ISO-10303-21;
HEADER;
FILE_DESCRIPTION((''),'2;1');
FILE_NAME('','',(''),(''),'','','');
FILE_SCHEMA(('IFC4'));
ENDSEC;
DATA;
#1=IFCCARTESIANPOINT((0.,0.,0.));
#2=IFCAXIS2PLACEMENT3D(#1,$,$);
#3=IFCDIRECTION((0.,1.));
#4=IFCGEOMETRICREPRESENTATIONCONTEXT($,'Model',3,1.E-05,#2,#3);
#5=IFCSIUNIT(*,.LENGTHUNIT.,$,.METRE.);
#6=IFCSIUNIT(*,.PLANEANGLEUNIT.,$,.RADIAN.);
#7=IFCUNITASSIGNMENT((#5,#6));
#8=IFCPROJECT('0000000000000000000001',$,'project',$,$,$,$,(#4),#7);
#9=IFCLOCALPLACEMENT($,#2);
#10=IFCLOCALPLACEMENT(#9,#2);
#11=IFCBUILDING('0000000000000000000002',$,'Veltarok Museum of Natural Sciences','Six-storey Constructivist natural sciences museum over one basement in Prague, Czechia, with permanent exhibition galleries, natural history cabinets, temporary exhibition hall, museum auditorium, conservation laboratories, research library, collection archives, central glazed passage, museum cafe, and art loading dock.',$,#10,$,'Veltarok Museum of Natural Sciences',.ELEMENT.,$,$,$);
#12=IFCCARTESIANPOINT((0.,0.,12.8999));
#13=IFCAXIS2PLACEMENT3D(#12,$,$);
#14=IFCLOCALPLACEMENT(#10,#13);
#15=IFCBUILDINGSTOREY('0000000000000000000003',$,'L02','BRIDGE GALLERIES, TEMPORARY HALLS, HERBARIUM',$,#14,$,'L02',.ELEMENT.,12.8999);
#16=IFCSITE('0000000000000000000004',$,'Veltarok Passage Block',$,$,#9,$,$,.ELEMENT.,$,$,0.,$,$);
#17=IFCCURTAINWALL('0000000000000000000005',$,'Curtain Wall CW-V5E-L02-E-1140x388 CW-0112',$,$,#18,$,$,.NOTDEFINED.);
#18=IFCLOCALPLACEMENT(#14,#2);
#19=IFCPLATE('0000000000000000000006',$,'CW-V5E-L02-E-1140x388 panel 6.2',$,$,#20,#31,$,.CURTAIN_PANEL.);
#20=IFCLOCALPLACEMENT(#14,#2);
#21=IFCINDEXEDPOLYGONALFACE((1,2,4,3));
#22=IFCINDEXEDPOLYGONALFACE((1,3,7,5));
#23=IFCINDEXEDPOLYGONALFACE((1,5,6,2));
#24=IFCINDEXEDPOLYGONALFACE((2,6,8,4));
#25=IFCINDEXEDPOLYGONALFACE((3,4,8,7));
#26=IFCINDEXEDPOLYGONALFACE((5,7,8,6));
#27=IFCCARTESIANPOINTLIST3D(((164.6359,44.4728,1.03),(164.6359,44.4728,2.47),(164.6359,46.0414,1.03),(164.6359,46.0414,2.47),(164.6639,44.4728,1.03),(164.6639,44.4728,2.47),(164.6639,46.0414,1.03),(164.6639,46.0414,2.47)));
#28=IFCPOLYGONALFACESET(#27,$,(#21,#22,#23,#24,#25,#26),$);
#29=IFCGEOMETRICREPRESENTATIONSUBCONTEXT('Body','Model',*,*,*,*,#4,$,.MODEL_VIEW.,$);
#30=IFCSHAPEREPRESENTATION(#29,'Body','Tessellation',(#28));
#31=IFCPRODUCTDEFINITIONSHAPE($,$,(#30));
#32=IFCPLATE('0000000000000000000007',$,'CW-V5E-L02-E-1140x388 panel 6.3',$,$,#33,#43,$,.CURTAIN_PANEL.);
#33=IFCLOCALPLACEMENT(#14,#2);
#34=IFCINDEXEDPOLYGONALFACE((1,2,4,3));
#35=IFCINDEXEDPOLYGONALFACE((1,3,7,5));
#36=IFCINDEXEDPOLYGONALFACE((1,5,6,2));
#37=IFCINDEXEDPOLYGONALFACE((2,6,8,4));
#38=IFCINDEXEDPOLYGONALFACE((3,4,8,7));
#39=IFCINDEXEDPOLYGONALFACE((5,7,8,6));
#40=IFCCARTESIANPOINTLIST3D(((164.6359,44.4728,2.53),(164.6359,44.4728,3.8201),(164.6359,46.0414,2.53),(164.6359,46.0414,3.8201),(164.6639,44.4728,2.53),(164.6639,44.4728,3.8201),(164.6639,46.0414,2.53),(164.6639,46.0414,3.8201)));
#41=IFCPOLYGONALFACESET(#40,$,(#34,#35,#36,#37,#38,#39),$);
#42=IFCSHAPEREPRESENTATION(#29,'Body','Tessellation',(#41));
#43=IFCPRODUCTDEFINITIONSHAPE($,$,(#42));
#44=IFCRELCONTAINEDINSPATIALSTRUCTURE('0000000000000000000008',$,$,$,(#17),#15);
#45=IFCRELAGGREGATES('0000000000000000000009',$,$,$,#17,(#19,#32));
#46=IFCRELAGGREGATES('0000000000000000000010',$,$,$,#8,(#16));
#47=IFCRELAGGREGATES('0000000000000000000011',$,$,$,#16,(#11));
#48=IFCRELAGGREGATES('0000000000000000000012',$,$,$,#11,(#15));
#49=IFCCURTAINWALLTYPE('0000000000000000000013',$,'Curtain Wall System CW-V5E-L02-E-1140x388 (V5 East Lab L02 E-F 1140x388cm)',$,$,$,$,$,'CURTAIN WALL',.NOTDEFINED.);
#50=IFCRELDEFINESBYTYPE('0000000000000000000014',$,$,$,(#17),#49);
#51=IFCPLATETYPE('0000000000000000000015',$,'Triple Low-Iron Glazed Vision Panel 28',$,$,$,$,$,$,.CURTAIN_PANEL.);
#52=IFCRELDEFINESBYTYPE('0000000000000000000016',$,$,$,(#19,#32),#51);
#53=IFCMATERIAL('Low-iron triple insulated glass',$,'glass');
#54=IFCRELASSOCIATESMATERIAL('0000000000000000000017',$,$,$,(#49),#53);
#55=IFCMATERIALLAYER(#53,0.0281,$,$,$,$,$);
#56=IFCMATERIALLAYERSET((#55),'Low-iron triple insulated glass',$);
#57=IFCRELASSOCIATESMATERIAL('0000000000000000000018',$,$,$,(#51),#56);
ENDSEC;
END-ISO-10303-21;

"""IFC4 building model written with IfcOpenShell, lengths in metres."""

from ifc_helpers import new_model, si_unit, direction, frame, origin, origin_2d, place, context, subcontext, project, spatial, rectangle, extrude, material, layer, layer_set, type_object, element, aggregate, save


model = new_model("IFC4")

# Units and contexts
model_context = context("Model", 3, precision=1e-05, world=origin(), true_north=direction((0.0, 1.0)))
body_context = subcontext(model_context, "Body", "Model", "MODEL_VIEW")
ifc_project = project(units=[si_unit("LENGTHUNIT", "METRE"), si_unit("PLANEANGLEUNIT", "RADIAN")], contexts=[model_context])

# Site, building, storey
site_placement = place(None, origin())
site = spatial("IfcSite", under=ifc_project, at=site_placement, Name="Veltarok Passage Block", CompositionType="ELEMENT", RefElevation=0.0)
building_placement = place(site_placement, origin())
building = spatial("IfcBuilding", under=site, at=building_placement, Name="Veltarok Museum of Natural Sciences", Description="Six-storey Constructivist natural sciences museum over one basement in Prague, Czechia, with permanent exhibition galleries, natural history cabinets, temporary exhibition hall, museum auditorium, conservation laboratories, research library, collection archives, central glazed passage, museum cafe, and art loading dock.", LongName="Veltarok Museum of Natural Sciences", CompositionType="ELEMENT")
storey_placement = place(building_placement, frame((0.0, 0.0, 12.8999)))
storey = spatial("IfcBuildingStorey", under=building, at=storey_placement, Name="L02", Description="BRIDGE GALLERIES, TEMPORARY HALLS, HERBARIUM", LongName="L02", CompositionType="ELEMENT", Elevation=12.8999)

# Curtain wall, plates
ifc_material_1 = material(Name="Low-iron triple insulated glass", Category="glass")
curtain_wall_type = type_object("IfcCurtainWallType", Name="Curtain Wall System CW-V5E-L02-E-1140x388 (V5 East Lab L02 E-F 1140x388cm)", ElementType="CURTAIN WALL", PredefinedType="NOTDEFINED", material=ifc_material_1)
curtain_wall_placement = place(storey_placement, origin())
curtain_wall = element("IfcCurtainWall", 1, at=curtain_wall_placement, inside=storey, type_object=curtain_wall_type, Name="Curtain Wall CW-V5E-L02-E-1140x388 CW-0112", PredefinedType="NOTDEFINED")
ifc_layer = layer(ifc_material_1, 0.0281)
ifc_layer_set = layer_set([ifc_layer], Name="Low-iron triple insulated glass")
plate_type = type_object("IfcPlateType", Name="Triple Low-Iron Glazed Vision Panel 28", PredefinedType="CURTAIN_PANEL", material=ifc_layer_set)
plate_1_placement = place(storey_placement, frame((164.6499, 45.2571, 1.03), z_axis=(0.0, 0.0, 1.0), x_axis=(0.0, 1.0, 0.0)))
plate_1 = element("IfcPlate", 2, at=plate_1_placement, type_object=plate_type, Name="CW-V5E-L02-E-1140x388 panel 6.2", PredefinedType="CURTAIN_PANEL", context=body_context, shape_type="SweptSolid", body=[
    extrude(rectangle(XDim=1.5686, YDim=0.0281, at=origin_2d()), origin(), (0.0, 0.0, 1.0), 1.4399),
])
plate_2_placement = place(storey_placement, frame((164.6499, 45.2571, 2.53), z_axis=(0.0, 0.0, 1.0), x_axis=(0.0, 1.0, 0.0)))
plate_2 = element("IfcPlate", 3, at=plate_2_placement, type_object=plate_type, Name="CW-V5E-L02-E-1140x388 panel 6.3", PredefinedType="CURTAIN_PANEL", context=body_context, shape_type="SweptSolid", body=[
    extrude(rectangle(XDim=1.5686, YDim=0.0281, at=origin_2d()), origin(), (0.0, 0.0, 1.0), 1.29),
])
aggregate(curtain_wall, [plate_1, plate_2])

save(model, "model.ifc")
